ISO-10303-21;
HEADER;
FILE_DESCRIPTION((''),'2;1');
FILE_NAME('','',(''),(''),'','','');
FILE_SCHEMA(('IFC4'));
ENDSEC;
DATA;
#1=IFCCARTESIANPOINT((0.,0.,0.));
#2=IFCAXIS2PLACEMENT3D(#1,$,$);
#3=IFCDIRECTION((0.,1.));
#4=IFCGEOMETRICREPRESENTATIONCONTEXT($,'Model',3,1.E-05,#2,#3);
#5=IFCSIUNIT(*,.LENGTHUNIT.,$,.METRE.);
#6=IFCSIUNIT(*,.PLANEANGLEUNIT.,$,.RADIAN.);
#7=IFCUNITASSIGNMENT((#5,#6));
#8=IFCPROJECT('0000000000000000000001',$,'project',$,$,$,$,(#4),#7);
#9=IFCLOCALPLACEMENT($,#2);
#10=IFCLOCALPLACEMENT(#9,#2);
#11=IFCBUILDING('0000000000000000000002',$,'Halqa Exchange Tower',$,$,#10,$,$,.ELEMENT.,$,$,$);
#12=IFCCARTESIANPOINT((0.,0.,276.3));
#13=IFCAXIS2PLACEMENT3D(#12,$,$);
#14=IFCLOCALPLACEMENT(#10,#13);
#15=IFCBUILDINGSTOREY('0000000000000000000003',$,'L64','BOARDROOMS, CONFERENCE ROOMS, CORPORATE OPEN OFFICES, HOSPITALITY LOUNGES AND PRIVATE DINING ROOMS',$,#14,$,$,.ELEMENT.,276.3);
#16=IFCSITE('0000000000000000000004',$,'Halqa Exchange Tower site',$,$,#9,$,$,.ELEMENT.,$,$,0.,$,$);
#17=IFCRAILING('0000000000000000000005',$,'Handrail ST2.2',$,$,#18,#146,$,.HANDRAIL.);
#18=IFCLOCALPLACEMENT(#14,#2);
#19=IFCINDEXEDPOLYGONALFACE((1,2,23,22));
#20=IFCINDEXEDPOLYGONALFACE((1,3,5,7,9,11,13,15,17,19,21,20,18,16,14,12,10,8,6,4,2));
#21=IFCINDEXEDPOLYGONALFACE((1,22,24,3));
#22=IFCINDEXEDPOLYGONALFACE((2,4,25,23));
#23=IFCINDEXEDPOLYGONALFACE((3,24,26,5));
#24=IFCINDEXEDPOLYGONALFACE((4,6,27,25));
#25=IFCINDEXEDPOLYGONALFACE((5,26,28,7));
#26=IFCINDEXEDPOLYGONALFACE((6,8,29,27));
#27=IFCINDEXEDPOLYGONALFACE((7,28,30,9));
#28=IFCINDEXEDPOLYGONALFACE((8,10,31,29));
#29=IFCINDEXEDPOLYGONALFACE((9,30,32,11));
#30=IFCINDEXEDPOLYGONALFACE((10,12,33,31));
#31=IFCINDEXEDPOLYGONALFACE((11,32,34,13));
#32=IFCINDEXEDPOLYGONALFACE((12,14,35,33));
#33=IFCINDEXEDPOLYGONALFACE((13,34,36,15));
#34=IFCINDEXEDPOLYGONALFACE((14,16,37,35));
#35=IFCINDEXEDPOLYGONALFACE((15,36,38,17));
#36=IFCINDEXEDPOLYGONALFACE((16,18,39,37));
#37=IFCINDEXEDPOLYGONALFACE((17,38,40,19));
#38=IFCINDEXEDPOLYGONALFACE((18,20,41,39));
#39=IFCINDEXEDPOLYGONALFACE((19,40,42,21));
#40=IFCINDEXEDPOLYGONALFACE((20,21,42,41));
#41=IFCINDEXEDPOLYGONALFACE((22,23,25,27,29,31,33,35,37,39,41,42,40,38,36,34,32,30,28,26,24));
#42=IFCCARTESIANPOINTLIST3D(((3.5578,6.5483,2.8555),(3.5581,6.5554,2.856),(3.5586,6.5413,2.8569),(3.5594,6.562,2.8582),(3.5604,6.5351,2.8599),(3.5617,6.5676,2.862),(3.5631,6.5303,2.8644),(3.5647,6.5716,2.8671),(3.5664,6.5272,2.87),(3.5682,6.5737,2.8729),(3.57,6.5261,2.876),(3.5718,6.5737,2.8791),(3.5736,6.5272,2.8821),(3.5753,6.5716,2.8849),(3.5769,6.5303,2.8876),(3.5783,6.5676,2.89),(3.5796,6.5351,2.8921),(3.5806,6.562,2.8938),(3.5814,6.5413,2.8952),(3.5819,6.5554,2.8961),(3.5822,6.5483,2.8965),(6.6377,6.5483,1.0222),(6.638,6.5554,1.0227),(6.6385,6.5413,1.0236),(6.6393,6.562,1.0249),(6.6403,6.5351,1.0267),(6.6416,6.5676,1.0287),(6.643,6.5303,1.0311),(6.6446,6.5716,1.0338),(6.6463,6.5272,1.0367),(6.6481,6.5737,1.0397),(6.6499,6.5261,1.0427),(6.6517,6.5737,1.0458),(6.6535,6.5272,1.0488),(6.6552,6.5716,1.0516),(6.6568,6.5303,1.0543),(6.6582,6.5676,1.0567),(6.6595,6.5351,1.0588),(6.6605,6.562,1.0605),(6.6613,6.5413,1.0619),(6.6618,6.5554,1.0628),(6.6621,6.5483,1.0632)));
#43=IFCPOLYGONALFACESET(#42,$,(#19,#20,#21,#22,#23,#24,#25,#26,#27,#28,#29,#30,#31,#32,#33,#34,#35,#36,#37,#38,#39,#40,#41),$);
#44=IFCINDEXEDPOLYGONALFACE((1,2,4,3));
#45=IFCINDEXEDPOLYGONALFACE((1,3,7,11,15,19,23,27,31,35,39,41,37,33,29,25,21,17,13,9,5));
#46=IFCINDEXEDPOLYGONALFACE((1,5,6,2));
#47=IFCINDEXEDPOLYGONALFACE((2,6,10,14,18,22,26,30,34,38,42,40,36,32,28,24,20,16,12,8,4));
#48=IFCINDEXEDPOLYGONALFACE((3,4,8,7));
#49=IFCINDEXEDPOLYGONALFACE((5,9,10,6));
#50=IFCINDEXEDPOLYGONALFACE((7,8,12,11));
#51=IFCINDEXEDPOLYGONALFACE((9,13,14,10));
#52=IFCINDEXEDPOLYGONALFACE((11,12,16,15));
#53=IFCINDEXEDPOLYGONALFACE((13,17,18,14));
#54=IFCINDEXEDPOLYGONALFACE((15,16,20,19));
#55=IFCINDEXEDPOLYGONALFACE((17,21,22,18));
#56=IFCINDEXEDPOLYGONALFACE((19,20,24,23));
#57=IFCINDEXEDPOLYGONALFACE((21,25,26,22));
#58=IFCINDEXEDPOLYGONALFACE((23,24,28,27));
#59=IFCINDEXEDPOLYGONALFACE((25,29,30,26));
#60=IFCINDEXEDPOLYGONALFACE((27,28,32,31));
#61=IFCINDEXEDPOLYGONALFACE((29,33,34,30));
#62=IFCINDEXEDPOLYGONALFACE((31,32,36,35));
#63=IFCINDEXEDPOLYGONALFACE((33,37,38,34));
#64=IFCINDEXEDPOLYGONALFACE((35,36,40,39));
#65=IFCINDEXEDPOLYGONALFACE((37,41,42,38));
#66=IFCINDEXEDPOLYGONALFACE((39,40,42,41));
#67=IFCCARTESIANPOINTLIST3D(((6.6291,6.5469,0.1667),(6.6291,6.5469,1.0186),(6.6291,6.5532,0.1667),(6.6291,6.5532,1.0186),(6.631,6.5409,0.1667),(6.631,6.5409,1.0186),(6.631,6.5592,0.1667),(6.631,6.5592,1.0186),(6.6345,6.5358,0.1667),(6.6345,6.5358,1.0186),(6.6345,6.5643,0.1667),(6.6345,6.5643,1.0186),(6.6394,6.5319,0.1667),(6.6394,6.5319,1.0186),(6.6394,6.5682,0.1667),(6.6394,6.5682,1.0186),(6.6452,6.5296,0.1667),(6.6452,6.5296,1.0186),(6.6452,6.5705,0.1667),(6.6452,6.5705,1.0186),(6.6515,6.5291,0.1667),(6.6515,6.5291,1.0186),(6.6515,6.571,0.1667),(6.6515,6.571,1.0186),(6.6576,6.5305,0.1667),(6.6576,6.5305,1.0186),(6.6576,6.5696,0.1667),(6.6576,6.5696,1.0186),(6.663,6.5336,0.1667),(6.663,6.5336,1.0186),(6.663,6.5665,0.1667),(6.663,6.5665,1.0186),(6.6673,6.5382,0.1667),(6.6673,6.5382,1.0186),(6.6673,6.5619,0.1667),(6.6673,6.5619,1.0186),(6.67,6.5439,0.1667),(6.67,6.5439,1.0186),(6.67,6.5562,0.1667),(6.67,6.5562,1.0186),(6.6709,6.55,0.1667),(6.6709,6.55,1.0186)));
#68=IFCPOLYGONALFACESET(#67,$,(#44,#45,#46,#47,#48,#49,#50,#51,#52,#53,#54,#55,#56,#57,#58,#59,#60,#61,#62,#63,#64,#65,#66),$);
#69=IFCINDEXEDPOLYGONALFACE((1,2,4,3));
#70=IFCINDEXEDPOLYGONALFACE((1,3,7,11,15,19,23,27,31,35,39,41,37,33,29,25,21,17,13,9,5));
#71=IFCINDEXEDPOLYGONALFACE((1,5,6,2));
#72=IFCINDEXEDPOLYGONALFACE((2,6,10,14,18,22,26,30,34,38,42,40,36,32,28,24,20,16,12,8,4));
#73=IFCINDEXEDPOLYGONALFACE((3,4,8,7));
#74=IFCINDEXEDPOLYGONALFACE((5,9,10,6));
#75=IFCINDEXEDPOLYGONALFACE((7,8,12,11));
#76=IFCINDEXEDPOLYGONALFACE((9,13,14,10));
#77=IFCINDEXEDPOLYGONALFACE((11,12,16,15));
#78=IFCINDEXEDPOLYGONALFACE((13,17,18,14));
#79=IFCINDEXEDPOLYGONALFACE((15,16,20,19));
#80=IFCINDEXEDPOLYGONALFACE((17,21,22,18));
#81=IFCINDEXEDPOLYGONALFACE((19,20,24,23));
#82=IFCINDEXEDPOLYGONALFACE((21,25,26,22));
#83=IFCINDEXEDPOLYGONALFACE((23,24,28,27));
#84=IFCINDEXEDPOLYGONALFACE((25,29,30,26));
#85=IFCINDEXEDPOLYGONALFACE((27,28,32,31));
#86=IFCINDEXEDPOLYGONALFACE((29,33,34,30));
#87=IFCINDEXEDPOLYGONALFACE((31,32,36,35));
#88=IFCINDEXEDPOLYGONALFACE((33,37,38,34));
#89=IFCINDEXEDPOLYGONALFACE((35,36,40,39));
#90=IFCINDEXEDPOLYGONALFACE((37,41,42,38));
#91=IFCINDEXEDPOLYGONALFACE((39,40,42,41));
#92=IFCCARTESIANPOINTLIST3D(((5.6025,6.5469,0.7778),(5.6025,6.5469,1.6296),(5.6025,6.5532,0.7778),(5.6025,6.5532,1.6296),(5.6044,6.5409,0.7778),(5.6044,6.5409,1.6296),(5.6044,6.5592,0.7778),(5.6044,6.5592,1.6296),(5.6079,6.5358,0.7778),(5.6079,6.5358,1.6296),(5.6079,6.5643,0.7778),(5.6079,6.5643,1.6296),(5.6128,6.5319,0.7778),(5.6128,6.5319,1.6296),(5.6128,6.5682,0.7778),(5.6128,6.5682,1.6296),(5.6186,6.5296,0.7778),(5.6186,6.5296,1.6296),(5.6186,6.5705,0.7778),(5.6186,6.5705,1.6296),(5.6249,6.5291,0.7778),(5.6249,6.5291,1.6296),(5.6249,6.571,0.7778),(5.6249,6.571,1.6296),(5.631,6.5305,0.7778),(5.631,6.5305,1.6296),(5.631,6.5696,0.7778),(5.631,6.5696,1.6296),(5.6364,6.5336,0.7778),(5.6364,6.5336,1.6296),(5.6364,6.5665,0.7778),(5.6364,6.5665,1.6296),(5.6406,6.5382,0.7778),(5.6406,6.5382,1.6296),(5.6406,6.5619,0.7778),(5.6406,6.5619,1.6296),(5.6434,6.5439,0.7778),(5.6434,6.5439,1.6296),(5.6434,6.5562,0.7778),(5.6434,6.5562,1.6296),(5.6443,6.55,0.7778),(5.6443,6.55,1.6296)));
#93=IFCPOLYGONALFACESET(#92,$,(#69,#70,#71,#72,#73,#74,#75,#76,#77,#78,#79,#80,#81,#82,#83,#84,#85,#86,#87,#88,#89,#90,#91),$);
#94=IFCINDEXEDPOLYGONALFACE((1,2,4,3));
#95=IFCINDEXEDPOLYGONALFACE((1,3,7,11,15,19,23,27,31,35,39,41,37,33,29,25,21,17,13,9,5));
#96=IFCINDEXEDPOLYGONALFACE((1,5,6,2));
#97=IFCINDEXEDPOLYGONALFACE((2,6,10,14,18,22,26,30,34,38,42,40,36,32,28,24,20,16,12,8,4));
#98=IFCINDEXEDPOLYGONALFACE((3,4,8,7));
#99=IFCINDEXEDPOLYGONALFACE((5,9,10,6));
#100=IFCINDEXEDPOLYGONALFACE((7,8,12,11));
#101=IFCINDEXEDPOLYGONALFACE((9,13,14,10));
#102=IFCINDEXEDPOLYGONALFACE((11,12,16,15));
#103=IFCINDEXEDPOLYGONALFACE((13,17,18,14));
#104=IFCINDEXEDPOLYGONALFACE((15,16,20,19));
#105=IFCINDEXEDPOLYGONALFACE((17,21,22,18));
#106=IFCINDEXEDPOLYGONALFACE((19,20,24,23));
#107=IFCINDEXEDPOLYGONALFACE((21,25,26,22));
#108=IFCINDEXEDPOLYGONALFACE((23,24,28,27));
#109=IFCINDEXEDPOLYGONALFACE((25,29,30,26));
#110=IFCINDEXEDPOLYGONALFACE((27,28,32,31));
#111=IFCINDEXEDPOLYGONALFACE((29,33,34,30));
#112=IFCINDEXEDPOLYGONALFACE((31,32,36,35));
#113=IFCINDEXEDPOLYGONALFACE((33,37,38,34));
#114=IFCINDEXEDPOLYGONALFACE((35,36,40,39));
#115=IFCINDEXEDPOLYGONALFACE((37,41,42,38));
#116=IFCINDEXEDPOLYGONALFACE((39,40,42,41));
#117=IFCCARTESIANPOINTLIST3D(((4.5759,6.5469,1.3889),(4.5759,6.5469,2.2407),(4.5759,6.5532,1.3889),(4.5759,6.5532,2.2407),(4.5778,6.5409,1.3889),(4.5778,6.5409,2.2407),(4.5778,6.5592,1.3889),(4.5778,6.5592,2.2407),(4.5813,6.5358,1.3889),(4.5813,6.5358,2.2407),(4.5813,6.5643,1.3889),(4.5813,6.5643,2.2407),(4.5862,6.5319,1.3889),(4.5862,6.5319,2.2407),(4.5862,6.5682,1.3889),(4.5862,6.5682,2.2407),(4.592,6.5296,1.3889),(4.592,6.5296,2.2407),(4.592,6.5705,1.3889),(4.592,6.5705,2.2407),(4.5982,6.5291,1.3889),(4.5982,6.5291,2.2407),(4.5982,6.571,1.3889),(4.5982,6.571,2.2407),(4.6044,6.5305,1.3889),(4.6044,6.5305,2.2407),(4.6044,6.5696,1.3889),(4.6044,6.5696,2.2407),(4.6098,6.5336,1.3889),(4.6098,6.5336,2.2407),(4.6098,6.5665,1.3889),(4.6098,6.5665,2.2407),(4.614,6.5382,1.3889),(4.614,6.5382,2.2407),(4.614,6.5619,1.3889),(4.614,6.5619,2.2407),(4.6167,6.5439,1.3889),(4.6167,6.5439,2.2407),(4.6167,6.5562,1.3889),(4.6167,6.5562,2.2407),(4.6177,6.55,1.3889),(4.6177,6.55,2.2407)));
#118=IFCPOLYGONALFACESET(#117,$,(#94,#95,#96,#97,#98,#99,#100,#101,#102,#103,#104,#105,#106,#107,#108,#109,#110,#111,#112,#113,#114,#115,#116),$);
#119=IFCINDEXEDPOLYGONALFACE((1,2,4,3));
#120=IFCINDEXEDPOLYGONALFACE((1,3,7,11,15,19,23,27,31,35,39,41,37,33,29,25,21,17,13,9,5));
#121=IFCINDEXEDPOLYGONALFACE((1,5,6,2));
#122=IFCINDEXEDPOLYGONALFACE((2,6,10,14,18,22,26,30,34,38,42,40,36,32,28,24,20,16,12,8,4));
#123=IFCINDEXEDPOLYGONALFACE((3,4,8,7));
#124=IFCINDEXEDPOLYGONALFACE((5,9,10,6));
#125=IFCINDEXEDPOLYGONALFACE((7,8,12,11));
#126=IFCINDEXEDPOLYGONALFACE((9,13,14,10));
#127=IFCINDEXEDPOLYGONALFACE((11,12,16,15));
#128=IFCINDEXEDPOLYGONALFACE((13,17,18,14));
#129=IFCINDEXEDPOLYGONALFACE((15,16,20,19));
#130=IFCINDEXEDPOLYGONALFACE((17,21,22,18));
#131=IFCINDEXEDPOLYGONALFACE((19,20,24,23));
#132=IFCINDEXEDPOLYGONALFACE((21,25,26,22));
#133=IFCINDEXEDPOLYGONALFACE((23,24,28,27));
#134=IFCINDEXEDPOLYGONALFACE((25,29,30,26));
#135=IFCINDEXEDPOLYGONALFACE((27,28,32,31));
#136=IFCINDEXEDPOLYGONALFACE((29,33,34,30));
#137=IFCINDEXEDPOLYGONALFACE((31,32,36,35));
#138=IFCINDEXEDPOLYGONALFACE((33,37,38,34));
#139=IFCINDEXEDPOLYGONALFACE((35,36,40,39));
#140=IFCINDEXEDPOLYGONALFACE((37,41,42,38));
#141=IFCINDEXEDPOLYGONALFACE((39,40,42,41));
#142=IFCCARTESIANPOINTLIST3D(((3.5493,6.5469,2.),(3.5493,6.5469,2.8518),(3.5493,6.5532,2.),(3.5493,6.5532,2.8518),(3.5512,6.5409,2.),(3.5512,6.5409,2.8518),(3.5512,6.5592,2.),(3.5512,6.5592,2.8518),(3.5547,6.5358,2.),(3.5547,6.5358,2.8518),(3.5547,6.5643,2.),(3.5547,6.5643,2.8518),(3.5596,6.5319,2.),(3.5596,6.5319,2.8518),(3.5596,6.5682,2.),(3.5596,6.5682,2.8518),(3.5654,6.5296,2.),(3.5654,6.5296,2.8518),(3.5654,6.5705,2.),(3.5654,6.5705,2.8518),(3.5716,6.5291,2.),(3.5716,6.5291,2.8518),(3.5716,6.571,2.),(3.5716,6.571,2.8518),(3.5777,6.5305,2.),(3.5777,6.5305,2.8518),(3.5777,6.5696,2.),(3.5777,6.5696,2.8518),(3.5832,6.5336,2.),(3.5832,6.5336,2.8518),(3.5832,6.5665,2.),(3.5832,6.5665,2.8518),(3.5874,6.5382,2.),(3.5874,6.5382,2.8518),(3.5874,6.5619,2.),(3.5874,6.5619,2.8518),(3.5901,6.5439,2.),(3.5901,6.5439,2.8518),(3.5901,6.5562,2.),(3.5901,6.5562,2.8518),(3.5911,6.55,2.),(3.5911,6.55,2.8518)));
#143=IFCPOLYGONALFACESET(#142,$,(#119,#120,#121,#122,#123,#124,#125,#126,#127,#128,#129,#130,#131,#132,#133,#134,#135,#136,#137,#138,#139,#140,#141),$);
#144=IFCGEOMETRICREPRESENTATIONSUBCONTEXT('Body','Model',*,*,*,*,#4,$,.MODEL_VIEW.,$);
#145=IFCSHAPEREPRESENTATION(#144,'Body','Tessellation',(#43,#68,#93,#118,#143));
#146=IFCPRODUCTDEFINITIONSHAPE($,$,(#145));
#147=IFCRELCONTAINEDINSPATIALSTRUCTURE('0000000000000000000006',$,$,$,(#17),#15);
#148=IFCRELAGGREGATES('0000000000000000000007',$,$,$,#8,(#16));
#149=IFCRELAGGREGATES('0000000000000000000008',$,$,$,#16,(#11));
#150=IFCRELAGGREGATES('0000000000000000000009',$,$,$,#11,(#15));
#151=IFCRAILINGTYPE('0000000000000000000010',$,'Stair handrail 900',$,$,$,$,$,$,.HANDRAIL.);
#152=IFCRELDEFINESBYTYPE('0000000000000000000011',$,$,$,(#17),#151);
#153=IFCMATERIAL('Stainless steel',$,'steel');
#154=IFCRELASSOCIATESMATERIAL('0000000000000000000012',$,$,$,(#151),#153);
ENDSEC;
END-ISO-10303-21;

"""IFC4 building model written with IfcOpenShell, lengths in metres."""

from ifc_helpers import new_model, si_unit, direction, frame, origin, origin_2d, place, context, subcontext, project, spatial, circle, extrude, material, type_object, element, save


model = new_model("IFC4")

# Units and contexts
model_context = context("Model", 3, precision=1e-05, world=origin(), true_north=direction((0.0, 1.0)))
body_context = subcontext(model_context, "Body", "Model", "MODEL_VIEW")
ifc_project = project(units=[si_unit("LENGTHUNIT", "METRE"), si_unit("PLANEANGLEUNIT", "RADIAN")], contexts=[model_context])

# Site, building, storey
site_placement = place(None, origin())
site = spatial("IfcSite", under=ifc_project, at=site_placement, Name="Halqa Exchange Tower site", CompositionType="ELEMENT", RefElevation=0.0)
building_placement = place(site_placement, origin())
building = spatial("IfcBuilding", under=site, at=building_placement, Name="Halqa Exchange Tower", CompositionType="ELEMENT")
storey_placement = place(building_placement, frame((0.0, 0.0, 276.3)))
storey = spatial("IfcBuildingStorey", under=building, at=storey_placement, Name="L64", Description="BOARDROOMS, CONFERENCE ROOMS, CORPORATE OPEN OFFICES, HOSPITALITY LOUNGES AND PRIVATE DINING ROOMS", CompositionType="ELEMENT", Elevation=276.3)

# Railing
ifc_material_1 = material(Name="Stainless steel", Category="steel")
railing_type_1 = type_object("IfcRailingType", Name="Stair handrail 900", PredefinedType="HANDRAIL", material=ifc_material_1)
railing_1_placement = place(storey_placement, frame((6.6499, 6.55, 0.1667)))
element("IfcRailing", 1, at=railing_1_placement, inside=storey, type_object=railing_type_1, Name="Handrail ST2.2", PredefinedType="HANDRAIL", context=body_context, shape_type="SweptSolid", body=[
    extrude(circle(Radius=0.0239, at=origin_2d()), frame((0.0, 0.0, 0.876), z_axis=(-0.859291, 0.0, 0.511487), x_axis=(0.0, -1.0, 0.0)), (0.0, 0.0, 1.0), 3.5842),
    extrude(circle(Radius=0.021, at=origin_2d()), origin(), (0.0, 0.0, 1.0), 0.8518),
    extrude(circle(Radius=0.021, at=origin_2d()), frame((-1.0266, 0.0, 0.6111)), (0.0, 0.0, 1.0), 0.8518),
    extrude(circle(Radius=0.021, at=origin_2d()), frame((-2.0532, 0.0, 1.2222)), (0.0, 0.0, 1.0), 0.8518),
    extrude(circle(Radius=0.021, at=origin_2d()), frame((-3.0798, 0.0, 1.8333)), (0.0, 0.0, 1.0), 0.8518),
])

save(model, "model.ifc")
